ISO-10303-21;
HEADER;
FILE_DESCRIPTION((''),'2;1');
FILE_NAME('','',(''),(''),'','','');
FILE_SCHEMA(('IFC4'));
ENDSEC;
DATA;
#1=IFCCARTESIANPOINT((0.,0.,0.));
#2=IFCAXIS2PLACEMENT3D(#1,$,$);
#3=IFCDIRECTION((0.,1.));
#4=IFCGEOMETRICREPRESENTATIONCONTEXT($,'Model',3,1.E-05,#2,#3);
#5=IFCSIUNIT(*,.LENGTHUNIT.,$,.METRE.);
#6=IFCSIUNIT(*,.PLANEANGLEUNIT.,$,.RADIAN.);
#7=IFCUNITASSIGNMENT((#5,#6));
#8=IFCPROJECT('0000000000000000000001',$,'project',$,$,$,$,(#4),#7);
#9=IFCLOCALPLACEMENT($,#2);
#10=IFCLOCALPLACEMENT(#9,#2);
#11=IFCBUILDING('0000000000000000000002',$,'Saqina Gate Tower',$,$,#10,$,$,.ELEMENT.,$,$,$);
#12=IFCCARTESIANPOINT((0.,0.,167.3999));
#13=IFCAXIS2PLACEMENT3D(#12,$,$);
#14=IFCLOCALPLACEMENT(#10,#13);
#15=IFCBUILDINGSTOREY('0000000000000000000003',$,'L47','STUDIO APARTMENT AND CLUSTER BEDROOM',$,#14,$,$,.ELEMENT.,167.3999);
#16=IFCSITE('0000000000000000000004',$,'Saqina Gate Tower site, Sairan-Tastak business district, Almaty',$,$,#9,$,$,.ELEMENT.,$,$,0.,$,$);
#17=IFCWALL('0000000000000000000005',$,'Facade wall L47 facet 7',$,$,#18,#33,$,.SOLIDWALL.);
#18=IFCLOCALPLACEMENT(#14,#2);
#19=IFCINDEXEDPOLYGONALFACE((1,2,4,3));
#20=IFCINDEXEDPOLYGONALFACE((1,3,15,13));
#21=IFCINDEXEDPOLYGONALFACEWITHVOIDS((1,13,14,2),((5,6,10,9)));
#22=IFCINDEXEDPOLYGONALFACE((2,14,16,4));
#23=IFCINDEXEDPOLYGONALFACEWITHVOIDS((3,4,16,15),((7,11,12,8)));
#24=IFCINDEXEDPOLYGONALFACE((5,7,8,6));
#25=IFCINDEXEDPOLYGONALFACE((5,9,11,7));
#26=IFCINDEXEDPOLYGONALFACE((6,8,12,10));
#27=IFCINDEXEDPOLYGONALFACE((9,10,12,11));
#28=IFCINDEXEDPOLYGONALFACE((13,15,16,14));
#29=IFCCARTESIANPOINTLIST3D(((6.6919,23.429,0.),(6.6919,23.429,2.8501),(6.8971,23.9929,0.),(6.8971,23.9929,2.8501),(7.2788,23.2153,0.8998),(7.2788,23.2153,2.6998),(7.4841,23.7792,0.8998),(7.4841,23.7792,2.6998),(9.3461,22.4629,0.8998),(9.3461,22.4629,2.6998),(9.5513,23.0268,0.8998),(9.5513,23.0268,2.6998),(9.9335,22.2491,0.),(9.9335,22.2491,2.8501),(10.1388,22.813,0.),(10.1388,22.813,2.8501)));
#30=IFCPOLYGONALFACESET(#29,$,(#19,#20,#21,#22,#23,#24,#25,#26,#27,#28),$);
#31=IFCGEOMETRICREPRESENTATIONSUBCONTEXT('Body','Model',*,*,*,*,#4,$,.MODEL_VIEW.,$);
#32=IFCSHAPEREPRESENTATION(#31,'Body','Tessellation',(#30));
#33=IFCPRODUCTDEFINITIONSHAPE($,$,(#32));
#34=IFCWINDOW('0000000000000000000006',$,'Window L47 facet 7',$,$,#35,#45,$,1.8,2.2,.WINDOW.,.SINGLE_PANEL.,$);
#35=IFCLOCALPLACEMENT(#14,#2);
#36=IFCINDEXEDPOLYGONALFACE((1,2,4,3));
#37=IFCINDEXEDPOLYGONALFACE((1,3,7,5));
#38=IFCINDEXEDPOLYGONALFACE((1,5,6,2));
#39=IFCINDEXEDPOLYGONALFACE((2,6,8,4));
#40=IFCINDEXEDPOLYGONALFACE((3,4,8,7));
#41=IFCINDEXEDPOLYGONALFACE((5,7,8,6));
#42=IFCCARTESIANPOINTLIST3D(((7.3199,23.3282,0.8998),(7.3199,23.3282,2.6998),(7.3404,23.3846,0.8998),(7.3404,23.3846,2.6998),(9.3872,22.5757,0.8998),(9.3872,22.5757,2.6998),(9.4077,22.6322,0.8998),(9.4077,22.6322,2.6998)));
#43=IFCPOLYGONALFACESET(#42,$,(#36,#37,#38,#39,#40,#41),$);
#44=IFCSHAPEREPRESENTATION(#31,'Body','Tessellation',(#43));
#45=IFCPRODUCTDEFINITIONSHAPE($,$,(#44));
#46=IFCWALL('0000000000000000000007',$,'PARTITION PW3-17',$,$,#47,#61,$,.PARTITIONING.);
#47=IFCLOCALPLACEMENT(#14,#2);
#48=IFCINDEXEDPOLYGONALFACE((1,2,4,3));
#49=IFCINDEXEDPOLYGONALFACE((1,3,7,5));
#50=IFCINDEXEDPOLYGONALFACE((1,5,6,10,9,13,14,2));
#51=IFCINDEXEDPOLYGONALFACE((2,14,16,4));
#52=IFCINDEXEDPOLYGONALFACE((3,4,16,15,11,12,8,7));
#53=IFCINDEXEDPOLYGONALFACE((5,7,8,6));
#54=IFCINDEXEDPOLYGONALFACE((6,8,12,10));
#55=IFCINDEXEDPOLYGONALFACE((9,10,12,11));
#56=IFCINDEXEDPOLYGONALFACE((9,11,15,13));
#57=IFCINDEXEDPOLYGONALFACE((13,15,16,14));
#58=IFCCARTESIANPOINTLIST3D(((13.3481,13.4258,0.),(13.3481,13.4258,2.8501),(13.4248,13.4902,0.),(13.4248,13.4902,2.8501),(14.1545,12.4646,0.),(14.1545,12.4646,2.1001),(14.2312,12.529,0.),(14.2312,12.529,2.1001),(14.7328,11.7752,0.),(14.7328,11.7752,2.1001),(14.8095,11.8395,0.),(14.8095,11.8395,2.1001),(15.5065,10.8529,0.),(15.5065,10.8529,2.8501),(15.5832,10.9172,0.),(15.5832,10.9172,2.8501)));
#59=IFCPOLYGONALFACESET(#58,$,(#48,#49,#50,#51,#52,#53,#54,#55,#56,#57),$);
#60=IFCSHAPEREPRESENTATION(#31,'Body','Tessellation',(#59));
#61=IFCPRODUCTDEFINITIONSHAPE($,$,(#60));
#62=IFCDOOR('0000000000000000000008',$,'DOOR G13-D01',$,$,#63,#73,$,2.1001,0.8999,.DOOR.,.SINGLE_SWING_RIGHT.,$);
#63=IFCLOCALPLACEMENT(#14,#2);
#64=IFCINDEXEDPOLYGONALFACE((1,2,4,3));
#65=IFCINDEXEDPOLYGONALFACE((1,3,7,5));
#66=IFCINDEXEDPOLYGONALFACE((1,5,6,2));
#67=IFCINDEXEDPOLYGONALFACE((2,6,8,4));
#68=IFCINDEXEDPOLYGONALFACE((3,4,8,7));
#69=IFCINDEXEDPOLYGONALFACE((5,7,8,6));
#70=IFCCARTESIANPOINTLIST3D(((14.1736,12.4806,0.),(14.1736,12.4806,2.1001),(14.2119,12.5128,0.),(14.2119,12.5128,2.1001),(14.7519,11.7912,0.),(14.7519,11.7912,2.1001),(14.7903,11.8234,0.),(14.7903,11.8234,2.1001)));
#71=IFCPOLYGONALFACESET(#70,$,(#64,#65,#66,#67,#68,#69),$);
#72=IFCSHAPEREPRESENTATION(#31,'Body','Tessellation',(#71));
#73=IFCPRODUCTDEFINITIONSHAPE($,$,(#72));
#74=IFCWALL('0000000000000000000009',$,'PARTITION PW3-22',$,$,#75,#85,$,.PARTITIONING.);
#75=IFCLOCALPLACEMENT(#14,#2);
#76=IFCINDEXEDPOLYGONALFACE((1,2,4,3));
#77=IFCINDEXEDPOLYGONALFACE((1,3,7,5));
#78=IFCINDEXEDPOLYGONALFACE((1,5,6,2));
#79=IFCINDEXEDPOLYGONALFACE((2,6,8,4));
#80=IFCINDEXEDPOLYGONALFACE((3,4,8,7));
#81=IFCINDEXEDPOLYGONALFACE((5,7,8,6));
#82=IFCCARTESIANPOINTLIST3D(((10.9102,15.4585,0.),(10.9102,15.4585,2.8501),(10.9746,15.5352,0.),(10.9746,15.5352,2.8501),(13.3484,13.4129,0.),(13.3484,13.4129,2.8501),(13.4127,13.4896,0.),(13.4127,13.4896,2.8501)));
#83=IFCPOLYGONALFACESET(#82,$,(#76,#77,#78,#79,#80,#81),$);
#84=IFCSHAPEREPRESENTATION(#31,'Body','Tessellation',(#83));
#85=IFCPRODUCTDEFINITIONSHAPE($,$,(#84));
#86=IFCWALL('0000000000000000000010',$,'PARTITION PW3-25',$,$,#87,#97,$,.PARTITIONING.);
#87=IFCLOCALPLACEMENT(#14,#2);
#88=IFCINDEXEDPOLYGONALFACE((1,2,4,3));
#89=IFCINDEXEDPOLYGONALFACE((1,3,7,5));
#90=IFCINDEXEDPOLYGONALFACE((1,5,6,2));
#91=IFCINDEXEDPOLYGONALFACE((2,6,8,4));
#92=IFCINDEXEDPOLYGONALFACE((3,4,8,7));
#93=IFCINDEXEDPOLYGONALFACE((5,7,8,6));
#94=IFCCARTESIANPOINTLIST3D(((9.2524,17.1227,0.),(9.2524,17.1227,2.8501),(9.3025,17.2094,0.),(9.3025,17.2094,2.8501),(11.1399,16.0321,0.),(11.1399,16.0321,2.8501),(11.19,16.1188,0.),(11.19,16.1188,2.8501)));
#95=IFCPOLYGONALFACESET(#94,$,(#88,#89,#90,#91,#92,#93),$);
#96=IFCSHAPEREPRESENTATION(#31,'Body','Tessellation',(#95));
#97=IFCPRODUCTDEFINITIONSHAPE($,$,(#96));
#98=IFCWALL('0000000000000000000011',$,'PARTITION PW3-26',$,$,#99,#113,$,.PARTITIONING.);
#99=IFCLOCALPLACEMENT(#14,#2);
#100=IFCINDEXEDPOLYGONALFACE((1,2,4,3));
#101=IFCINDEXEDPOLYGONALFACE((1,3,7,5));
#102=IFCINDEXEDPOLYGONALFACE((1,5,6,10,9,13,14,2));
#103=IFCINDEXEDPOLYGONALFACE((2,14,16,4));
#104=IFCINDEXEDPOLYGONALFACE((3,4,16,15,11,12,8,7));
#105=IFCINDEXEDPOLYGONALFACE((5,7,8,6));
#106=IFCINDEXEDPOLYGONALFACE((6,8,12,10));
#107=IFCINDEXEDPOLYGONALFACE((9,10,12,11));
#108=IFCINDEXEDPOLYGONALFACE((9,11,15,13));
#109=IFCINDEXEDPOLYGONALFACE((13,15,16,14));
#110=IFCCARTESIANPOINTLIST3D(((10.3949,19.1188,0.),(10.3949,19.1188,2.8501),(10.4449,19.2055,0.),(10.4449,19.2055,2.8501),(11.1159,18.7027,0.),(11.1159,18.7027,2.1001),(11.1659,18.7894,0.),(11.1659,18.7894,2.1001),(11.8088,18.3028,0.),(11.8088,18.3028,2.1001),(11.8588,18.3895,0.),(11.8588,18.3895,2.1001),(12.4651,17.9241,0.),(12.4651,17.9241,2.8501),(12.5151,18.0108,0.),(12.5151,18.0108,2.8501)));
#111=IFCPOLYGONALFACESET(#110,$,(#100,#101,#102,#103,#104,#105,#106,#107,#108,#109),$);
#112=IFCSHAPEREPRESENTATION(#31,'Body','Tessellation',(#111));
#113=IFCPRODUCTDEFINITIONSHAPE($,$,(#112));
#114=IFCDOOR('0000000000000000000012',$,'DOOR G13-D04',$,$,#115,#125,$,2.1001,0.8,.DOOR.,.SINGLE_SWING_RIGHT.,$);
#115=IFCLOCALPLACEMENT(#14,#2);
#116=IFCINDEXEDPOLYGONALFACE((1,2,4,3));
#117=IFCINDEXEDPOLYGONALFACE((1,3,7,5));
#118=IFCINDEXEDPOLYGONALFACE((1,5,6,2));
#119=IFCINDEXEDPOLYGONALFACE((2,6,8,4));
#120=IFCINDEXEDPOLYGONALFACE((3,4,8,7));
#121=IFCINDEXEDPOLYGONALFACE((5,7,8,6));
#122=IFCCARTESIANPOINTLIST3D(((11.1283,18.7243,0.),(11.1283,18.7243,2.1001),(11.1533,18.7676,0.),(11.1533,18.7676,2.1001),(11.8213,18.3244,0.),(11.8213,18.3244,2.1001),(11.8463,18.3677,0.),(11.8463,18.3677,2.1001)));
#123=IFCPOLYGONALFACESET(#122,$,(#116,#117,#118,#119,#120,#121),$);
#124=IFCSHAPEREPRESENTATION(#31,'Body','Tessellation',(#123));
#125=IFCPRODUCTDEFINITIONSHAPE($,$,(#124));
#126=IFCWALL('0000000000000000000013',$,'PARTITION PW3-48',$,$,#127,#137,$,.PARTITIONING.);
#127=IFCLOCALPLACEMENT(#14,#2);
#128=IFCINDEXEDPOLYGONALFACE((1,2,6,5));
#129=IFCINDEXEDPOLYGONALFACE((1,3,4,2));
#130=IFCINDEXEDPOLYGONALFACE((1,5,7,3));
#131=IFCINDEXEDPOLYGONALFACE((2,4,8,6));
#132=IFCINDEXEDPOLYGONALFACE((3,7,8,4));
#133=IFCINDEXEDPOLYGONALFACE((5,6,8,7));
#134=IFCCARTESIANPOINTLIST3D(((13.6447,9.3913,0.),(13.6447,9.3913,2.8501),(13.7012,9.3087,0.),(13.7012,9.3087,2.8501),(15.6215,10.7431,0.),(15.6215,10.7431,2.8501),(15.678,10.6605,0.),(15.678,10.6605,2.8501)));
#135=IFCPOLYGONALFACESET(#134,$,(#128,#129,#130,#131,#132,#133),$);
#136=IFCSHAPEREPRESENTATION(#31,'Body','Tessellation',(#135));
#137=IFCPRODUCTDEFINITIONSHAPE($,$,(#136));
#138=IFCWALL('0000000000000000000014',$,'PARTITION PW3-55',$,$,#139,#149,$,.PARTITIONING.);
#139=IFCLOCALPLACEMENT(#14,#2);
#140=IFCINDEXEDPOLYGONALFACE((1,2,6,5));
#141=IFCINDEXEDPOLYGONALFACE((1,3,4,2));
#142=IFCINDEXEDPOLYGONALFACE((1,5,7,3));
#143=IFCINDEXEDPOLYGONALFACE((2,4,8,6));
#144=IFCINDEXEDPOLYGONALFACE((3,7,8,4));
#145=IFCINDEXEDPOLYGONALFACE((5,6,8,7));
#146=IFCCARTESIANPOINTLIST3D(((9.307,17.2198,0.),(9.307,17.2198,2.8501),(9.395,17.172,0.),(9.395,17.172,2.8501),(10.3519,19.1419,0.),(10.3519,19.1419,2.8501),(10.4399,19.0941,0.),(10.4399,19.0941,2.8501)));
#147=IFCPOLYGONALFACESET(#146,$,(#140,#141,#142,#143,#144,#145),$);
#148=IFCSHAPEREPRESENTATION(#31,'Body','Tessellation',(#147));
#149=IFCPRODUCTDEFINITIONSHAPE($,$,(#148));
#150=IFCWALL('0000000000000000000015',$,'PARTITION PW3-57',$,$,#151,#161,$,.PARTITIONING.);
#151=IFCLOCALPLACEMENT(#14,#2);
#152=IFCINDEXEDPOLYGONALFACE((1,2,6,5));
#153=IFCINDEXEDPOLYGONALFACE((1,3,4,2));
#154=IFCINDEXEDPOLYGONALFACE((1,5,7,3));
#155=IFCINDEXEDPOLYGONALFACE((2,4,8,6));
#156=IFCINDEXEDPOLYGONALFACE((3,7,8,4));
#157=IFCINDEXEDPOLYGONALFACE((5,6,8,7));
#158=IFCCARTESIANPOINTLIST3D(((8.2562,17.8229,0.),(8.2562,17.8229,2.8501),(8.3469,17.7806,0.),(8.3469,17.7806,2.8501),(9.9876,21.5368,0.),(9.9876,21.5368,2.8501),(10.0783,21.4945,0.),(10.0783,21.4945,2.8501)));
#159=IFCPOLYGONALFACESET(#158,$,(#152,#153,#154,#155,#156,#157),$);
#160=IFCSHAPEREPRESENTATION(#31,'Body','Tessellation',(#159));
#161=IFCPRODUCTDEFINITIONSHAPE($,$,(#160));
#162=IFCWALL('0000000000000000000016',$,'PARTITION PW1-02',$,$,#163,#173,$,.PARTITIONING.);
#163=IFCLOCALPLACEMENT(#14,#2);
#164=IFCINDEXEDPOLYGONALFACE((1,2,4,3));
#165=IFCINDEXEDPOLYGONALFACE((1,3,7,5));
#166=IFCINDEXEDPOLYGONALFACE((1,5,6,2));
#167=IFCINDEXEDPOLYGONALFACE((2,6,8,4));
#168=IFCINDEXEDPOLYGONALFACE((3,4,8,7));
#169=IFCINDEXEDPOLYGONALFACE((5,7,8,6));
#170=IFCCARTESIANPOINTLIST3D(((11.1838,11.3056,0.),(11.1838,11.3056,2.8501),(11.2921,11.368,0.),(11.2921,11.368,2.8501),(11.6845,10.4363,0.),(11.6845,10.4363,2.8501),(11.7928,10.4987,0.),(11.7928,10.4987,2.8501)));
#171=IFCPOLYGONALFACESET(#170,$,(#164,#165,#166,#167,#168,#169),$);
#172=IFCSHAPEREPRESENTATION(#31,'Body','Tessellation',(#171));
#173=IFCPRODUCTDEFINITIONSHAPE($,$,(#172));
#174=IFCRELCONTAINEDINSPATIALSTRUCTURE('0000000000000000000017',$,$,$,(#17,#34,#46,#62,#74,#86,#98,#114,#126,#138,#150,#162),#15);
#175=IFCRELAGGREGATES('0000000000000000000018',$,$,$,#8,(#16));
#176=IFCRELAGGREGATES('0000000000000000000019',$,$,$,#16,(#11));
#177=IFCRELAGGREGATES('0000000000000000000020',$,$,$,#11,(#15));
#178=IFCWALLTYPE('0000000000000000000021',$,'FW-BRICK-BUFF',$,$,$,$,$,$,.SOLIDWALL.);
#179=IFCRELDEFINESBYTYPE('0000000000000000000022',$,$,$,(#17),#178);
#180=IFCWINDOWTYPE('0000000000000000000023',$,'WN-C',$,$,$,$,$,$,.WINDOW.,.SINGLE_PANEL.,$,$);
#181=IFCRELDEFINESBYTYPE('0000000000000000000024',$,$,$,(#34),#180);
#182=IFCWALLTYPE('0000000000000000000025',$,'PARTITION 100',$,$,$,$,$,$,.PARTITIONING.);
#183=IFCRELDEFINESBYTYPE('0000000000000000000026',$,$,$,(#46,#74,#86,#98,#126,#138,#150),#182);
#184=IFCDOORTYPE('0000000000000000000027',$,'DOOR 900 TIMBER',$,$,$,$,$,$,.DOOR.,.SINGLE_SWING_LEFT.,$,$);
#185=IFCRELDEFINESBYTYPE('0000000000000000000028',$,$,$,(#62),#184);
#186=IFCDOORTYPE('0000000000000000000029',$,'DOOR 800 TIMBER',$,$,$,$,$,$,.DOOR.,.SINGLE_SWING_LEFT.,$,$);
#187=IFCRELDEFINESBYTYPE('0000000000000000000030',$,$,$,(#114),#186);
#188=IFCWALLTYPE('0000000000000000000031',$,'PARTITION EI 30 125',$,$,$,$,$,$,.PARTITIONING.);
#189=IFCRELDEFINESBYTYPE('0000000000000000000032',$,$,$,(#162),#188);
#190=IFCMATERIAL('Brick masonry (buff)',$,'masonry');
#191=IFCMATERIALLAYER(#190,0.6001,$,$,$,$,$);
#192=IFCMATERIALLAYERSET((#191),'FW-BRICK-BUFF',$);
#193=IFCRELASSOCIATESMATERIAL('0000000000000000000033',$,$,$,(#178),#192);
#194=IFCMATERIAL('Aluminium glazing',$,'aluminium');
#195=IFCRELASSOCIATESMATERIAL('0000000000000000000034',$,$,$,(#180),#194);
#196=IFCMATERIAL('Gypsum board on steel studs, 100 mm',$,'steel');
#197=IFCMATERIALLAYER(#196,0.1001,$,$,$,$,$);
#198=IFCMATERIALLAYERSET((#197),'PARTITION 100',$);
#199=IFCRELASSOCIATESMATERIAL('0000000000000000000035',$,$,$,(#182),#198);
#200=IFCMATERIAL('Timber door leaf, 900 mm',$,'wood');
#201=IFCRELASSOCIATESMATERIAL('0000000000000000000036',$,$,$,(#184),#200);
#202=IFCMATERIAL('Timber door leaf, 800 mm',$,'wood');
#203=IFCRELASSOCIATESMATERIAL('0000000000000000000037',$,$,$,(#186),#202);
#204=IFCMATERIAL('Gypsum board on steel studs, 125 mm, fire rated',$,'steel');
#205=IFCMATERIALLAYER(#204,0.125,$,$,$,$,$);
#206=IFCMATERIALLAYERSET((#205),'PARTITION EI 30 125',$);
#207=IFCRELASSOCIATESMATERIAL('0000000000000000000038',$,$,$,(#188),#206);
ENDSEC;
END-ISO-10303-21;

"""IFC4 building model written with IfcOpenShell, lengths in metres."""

from ifc_helpers import new_model, si_unit, direction, frame, frame_2d, origin, place, context, subcontext, project, spatial, rectangle, extrude, material, layer, layer_set, type_object, element, fill, save


model = new_model("IFC4")

# Units and contexts
model_context = context("Model", 3, precision=1e-05, world=origin(), true_north=direction((0.0, 1.0)))
body_context = subcontext(model_context, "Body", "Model", "MODEL_VIEW")
ifc_project = project(units=[si_unit("LENGTHUNIT", "METRE"), si_unit("PLANEANGLEUNIT", "RADIAN")], contexts=[model_context])

# Site, building, storey
site_placement = place(None, origin())
site = spatial("IfcSite", under=ifc_project, at=site_placement, Name="Saqina Gate Tower site, Sairan-Tastak business district, Almaty", CompositionType="ELEMENT", RefElevation=0.0)
building_placement = place(site_placement, origin())
building = spatial("IfcBuilding", under=site, at=building_placement, Name="Saqina Gate Tower", CompositionType="ELEMENT")
storey_placement = place(building_placement, frame((0.0, 0.0, 167.3999)))
storey = spatial("IfcBuildingStorey", under=building, at=storey_placement, Name="L47", Description="STUDIO APARTMENT AND CLUSTER BEDROOM", CompositionType="ELEMENT", Elevation=167.3999)

# Wall, opening, window
ifc_material_1 = material(Name="Brick masonry (buff)", Category="masonry")
ifc_layer_1 = layer(ifc_material_1, 0.6001)
ifc_layer_set_1 = layer_set([ifc_layer_1], Name="FW-BRICK-BUFF")
wall_type_1 = type_object("IfcWallType", Name="FW-BRICK-BUFF", PredefinedType="SOLIDWALL", material=ifc_layer_set_1)
ifc_material_2 = material(Name="Aluminium glazing", Category="aluminium")
window_type = type_object("IfcWindowType", Name="WN-C", PartitioningType="SINGLE_PANEL", PredefinedType="WINDOW", material=ifc_material_2)
wall_1_placement = place(storey_placement, frame((10.0361, 22.531, 0.0), z_axis=(0.0, 0.0, 1.0), x_axis=(-0.939688, 0.342033, 0.0)))
wall_1 = element("IfcWall", 1, at=wall_1_placement, inside=storey, type_object=wall_type_1, Name="Facade wall L47 facet 7", PredefinedType="SOLIDWALL", context=body_context, shape_type="SweptSolid", body=[
    extrude(rectangle(XDim=3.4497, YDim=0.6001, at=frame_2d((1.7249, 0.0))), origin(), (0.0, 0.0, 1.0), 2.8501),
])
opening_1_placement = place(wall_1_placement, frame((0.625, 0.0, 0.8999)))
opening_1 = element("IfcOpeningElement", 2, at=opening_1_placement, cuts=wall_1, PredefinedType="OPENING", context=body_context, shape_type="SweptSolid", body=[
    extrude(rectangle(XDim=2.2, YDim=1.8, at=frame_2d((1.1001, 0.8999))), frame((0.0, 0.312, 0.0), z_axis=(0.0, -1.0, 0.0), x_axis=(1.0, 0.0, 0.0)), (0.0, 0.0, 1.0), 0.624),
])
window_1_placement = place(opening_1_placement, origin())
window_1 = element("IfcWindow", 3, at=window_1_placement, inside=storey, type_object=window_type, Name="Window L47 facet 7", OverallHeight=1.8, OverallWidth=2.2, PartitioningType="SINGLE_PANEL", PredefinedType="WINDOW", context=body_context, shape_type="SweptSolid", body=[
    extrude(rectangle(XDim=2.2, YDim=1.8, at=frame_2d((1.1001, 0.8999))), frame((0.0, 0.1799, 0.0), z_axis=(0.0, -1.0, 0.0), x_axis=(1.0, 0.0, 0.0)), (0.0, 0.0, 1.0), 0.0601),
])
fill(opening_1, window_1)

# Wall, opening, door
ifc_material_3 = material(Name="Gypsum board on steel studs, 100 mm", Category="steel")
ifc_layer_2 = layer(ifc_material_3, 0.1001)
ifc_layer_set_2 = layer_set([ifc_layer_2], Name="PARTITION 100")
wall_type_2 = type_object("IfcWallType", Name="PARTITION 100", PredefinedType="PARTITIONING", material=ifc_layer_set_2)
wall_2_placement = place(storey_placement, frame((13.3865, 13.458, 0.0), z_axis=(0.0, 0.0, 1.0), x_axis=(0.642691, -0.766126, 0.0)))
wall_2 = element("IfcWall", 4, at=wall_2_placement, inside=storey, type_object=wall_type_2, Name="PARTITION PW3-17", PredefinedType="PARTITIONING", context=body_context, shape_type="SweptSolid", body=[
    extrude(rectangle(XDim=3.3584, YDim=0.1001, at=frame_2d((1.6792, 0.0))), origin(), (0.0, 0.0, 1.0), 2.8501),
])
opening_2_placement = place(wall_2_placement, frame((1.2546, 0.0, 0.0)))
opening_2 = element("IfcOpeningElement", 5, at=opening_2_placement, cuts=wall_2, PredefinedType="OPENING", context=body_context, shape_type="SweptSolid", body=[
    extrude(rectangle(XDim=0.8999, YDim=2.1001, at=frame_2d((0.45, 1.05))), frame((0.0, 0.062, 0.0), z_axis=(0.0, -1.0, 0.0), x_axis=(1.0, 0.0, 0.0)), (0.0, 0.0, 1.0), 0.124),
])
ifc_material_4 = material(Name="Timber door leaf, 900 mm", Category="wood")
door_type_1 = type_object("IfcDoorType", Name="DOOR 900 TIMBER", OperationType="SINGLE_SWING_LEFT", PredefinedType="DOOR", material=ifc_material_4)
door_1_placement = place(opening_2_placement, origin())
door_1 = element("IfcDoor", 6, at=door_1_placement, inside=storey, type_object=door_type_1, Name="DOOR G13-D01", OperationType="SINGLE_SWING_RIGHT", OverallHeight=2.1001, OverallWidth=0.8999, PredefinedType="DOOR", context=body_context, shape_type="SweptSolid", body=[
    extrude(rectangle(XDim=0.8999, YDim=2.1001, at=frame_2d((0.45, 1.05))), frame((0.0, 0.0249, 0.0), z_axis=(0.0, -1.0, 0.0), x_axis=(1.0, 0.0, 0.0)), (0.0, 0.0, 1.0), 0.05),
])
fill(opening_2, door_1)

# Walls
wall_3_placement = place(storey_placement, frame((10.9424, 15.4968, 0.0), z_axis=(0.0, 0.0, 1.0), x_axis=(0.766086, -0.642739, 0.0)))
element("IfcWall", 7, at=wall_3_placement, inside=storey, type_object=wall_type_2, Name="PARTITION PW3-22", PredefinedType="PARTITIONING", context=body_context, shape_type="SweptSolid", body=[
    extrude(rectangle(XDim=3.1826, YDim=0.1001, at=frame_2d((1.5913, 0.0))), origin(), (0.0, 0.0, 1.0), 2.8501),
])
wall_4_placement = place(storey_placement, frame((9.2776, 17.166, 0.0), z_axis=(0.0, 0.0, 1.0), x_axis=(0.865855, -0.500294, 0.0)))
element("IfcWall", 8, at=wall_4_placement, inside=storey, type_object=wall_type_2, Name="PARTITION PW3-25", PredefinedType="PARTITIONING", context=body_context, shape_type="SweptSolid", body=[
    extrude(rectangle(XDim=2.1799, YDim=0.1001, at=frame_2d((1.0898, 0.0))), origin(), (0.0, 0.0, 1.0), 2.8501),
])

# Wall, opening, door
wall_5_placement = place(storey_placement, frame((10.4199, 19.1621, 0.0), z_axis=(0.0, 0.0, 1.0), x_axis=(0.866129, -0.49982, 0.0)))
wall_5 = element("IfcWall", 9, at=wall_5_placement, inside=storey, type_object=wall_type_2, Name="PARTITION PW3-26", PredefinedType="PARTITIONING", context=body_context, shape_type="SweptSolid", body=[
    extrude(rectangle(XDim=2.3901, YDim=0.1001, at=frame_2d((1.1951, 0.0))), origin(), (0.0, 0.0, 1.0), 2.8501),
])
opening_3_placement = place(wall_5_placement, frame((0.8325, 0.0, 0.0)))
opening_3 = element("IfcOpeningElement", 10, at=opening_3_placement, cuts=wall_5, PredefinedType="OPENING", context=body_context, shape_type="SweptSolid", body=[
    extrude(rectangle(XDim=0.8, YDim=2.1001, at=frame_2d((0.3999, 1.05))), frame((0.0, 0.062, 0.0), z_axis=(0.0, -1.0, 0.0), x_axis=(1.0, 0.0, 0.0)), (0.0, 0.0, 1.0), 0.124),
])
ifc_material_5 = material(Name="Timber door leaf, 800 mm", Category="wood")
door_type_2 = type_object("IfcDoorType", Name="DOOR 800 TIMBER", OperationType="SINGLE_SWING_LEFT", PredefinedType="DOOR", material=ifc_material_5)
door_2_placement = place(opening_3_placement, origin())
door_2 = element("IfcDoor", 11, at=door_2_placement, inside=storey, type_object=door_type_2, Name="DOOR G13-D04", OperationType="SINGLE_SWING_RIGHT", OverallHeight=2.1001, OverallWidth=0.8, PredefinedType="DOOR", context=body_context, shape_type="SweptSolid", body=[
    extrude(rectangle(XDim=0.8, YDim=2.1001, at=frame_2d((0.3999, 1.05))), frame((0.0, 0.0249, 0.0), z_axis=(0.0, -1.0, 0.0), x_axis=(1.0, 0.0, 0.0)), (0.0, 0.0, 1.0), 0.05),
])
fill(opening_3, door_2)

# Walls
wall_6_placement = place(storey_placement, frame((13.6731, 9.3501, 0.0), z_axis=(0.0, 0.0, 1.0), x_axis=(0.825452, 0.564472, 0.0)))
element("IfcWall", 12, at=wall_6_placement, inside=storey, type_object=wall_type_2, Name="PARTITION PW3-48", PredefinedType="PARTITIONING", context=body_context, shape_type="SweptSolid", body=[
    extrude(rectangle(XDim=2.3948, YDim=0.1001, at=frame_2d((1.1973, 0.0))), origin(), (0.0, 0.0, 1.0), 2.8501),
])
wall_7_placement = place(storey_placement, frame((9.3511, 17.196, 0.0), z_axis=(0.0, 0.0, 1.0), x_axis=(0.477616, 0.878569, 0.0)))
element("IfcWall", 13, at=wall_7_placement, inside=storey, type_object=wall_type_2, Name="PARTITION PW3-55", PredefinedType="PARTITIONING", context=body_context, shape_type="SweptSolid", body=[
    extrude(rectangle(XDim=2.1877, YDim=0.1001, at=frame_2d((1.0938, 0.0))), origin(), (0.0, 0.0, 1.0), 2.8501),
])
wall_8_placement = place(storey_placement, frame((8.3015, 17.8018, 0.0), z_axis=(0.0, 0.0, 1.0), x_axis=(0.422546, 0.906341, 0.0)))
element("IfcWall", 14, at=wall_8_placement, inside=storey, type_object=wall_type_2, Name="PARTITION PW3-57", PredefinedType="PARTITIONING", context=body_context, shape_type="SweptSolid", body=[
    extrude(rectangle(XDim=4.0977, YDim=0.1001, at=frame_2d((2.0488, 0.0))), origin(), (0.0, 0.0, 1.0), 2.8501),
])
ifc_material_6 = material(Name="Gypsum board on steel studs, 125 mm, fire rated", Category="steel")
ifc_layer_3 = layer(ifc_material_6, 0.125)
ifc_layer_set_3 = layer_set([ifc_layer_3], Name="PARTITION EI 30 125")
wall_type_3 = type_object("IfcWallType", Name="PARTITION EI 30 125", PredefinedType="PARTITIONING", material=ifc_layer_set_3)
wall_9_placement = place(storey_placement, frame((11.238, 11.3367, 0.0), z_axis=(0.0, 0.0, 1.0), x_axis=(0.499097, -0.866546, 0.0)))
element("IfcWall", 15, at=wall_9_placement, inside=storey, type_object=wall_type_3, Name="PARTITION PW1-02", PredefinedType="PARTITIONING", context=body_context, shape_type="SweptSolid", body=[
    extrude(rectangle(XDim=1.0032, YDim=0.125, at=frame_2d((0.5015, 0.0))), origin(), (0.0, 0.0, 1.0), 2.8501),
])

save(model, "model.ifc")
